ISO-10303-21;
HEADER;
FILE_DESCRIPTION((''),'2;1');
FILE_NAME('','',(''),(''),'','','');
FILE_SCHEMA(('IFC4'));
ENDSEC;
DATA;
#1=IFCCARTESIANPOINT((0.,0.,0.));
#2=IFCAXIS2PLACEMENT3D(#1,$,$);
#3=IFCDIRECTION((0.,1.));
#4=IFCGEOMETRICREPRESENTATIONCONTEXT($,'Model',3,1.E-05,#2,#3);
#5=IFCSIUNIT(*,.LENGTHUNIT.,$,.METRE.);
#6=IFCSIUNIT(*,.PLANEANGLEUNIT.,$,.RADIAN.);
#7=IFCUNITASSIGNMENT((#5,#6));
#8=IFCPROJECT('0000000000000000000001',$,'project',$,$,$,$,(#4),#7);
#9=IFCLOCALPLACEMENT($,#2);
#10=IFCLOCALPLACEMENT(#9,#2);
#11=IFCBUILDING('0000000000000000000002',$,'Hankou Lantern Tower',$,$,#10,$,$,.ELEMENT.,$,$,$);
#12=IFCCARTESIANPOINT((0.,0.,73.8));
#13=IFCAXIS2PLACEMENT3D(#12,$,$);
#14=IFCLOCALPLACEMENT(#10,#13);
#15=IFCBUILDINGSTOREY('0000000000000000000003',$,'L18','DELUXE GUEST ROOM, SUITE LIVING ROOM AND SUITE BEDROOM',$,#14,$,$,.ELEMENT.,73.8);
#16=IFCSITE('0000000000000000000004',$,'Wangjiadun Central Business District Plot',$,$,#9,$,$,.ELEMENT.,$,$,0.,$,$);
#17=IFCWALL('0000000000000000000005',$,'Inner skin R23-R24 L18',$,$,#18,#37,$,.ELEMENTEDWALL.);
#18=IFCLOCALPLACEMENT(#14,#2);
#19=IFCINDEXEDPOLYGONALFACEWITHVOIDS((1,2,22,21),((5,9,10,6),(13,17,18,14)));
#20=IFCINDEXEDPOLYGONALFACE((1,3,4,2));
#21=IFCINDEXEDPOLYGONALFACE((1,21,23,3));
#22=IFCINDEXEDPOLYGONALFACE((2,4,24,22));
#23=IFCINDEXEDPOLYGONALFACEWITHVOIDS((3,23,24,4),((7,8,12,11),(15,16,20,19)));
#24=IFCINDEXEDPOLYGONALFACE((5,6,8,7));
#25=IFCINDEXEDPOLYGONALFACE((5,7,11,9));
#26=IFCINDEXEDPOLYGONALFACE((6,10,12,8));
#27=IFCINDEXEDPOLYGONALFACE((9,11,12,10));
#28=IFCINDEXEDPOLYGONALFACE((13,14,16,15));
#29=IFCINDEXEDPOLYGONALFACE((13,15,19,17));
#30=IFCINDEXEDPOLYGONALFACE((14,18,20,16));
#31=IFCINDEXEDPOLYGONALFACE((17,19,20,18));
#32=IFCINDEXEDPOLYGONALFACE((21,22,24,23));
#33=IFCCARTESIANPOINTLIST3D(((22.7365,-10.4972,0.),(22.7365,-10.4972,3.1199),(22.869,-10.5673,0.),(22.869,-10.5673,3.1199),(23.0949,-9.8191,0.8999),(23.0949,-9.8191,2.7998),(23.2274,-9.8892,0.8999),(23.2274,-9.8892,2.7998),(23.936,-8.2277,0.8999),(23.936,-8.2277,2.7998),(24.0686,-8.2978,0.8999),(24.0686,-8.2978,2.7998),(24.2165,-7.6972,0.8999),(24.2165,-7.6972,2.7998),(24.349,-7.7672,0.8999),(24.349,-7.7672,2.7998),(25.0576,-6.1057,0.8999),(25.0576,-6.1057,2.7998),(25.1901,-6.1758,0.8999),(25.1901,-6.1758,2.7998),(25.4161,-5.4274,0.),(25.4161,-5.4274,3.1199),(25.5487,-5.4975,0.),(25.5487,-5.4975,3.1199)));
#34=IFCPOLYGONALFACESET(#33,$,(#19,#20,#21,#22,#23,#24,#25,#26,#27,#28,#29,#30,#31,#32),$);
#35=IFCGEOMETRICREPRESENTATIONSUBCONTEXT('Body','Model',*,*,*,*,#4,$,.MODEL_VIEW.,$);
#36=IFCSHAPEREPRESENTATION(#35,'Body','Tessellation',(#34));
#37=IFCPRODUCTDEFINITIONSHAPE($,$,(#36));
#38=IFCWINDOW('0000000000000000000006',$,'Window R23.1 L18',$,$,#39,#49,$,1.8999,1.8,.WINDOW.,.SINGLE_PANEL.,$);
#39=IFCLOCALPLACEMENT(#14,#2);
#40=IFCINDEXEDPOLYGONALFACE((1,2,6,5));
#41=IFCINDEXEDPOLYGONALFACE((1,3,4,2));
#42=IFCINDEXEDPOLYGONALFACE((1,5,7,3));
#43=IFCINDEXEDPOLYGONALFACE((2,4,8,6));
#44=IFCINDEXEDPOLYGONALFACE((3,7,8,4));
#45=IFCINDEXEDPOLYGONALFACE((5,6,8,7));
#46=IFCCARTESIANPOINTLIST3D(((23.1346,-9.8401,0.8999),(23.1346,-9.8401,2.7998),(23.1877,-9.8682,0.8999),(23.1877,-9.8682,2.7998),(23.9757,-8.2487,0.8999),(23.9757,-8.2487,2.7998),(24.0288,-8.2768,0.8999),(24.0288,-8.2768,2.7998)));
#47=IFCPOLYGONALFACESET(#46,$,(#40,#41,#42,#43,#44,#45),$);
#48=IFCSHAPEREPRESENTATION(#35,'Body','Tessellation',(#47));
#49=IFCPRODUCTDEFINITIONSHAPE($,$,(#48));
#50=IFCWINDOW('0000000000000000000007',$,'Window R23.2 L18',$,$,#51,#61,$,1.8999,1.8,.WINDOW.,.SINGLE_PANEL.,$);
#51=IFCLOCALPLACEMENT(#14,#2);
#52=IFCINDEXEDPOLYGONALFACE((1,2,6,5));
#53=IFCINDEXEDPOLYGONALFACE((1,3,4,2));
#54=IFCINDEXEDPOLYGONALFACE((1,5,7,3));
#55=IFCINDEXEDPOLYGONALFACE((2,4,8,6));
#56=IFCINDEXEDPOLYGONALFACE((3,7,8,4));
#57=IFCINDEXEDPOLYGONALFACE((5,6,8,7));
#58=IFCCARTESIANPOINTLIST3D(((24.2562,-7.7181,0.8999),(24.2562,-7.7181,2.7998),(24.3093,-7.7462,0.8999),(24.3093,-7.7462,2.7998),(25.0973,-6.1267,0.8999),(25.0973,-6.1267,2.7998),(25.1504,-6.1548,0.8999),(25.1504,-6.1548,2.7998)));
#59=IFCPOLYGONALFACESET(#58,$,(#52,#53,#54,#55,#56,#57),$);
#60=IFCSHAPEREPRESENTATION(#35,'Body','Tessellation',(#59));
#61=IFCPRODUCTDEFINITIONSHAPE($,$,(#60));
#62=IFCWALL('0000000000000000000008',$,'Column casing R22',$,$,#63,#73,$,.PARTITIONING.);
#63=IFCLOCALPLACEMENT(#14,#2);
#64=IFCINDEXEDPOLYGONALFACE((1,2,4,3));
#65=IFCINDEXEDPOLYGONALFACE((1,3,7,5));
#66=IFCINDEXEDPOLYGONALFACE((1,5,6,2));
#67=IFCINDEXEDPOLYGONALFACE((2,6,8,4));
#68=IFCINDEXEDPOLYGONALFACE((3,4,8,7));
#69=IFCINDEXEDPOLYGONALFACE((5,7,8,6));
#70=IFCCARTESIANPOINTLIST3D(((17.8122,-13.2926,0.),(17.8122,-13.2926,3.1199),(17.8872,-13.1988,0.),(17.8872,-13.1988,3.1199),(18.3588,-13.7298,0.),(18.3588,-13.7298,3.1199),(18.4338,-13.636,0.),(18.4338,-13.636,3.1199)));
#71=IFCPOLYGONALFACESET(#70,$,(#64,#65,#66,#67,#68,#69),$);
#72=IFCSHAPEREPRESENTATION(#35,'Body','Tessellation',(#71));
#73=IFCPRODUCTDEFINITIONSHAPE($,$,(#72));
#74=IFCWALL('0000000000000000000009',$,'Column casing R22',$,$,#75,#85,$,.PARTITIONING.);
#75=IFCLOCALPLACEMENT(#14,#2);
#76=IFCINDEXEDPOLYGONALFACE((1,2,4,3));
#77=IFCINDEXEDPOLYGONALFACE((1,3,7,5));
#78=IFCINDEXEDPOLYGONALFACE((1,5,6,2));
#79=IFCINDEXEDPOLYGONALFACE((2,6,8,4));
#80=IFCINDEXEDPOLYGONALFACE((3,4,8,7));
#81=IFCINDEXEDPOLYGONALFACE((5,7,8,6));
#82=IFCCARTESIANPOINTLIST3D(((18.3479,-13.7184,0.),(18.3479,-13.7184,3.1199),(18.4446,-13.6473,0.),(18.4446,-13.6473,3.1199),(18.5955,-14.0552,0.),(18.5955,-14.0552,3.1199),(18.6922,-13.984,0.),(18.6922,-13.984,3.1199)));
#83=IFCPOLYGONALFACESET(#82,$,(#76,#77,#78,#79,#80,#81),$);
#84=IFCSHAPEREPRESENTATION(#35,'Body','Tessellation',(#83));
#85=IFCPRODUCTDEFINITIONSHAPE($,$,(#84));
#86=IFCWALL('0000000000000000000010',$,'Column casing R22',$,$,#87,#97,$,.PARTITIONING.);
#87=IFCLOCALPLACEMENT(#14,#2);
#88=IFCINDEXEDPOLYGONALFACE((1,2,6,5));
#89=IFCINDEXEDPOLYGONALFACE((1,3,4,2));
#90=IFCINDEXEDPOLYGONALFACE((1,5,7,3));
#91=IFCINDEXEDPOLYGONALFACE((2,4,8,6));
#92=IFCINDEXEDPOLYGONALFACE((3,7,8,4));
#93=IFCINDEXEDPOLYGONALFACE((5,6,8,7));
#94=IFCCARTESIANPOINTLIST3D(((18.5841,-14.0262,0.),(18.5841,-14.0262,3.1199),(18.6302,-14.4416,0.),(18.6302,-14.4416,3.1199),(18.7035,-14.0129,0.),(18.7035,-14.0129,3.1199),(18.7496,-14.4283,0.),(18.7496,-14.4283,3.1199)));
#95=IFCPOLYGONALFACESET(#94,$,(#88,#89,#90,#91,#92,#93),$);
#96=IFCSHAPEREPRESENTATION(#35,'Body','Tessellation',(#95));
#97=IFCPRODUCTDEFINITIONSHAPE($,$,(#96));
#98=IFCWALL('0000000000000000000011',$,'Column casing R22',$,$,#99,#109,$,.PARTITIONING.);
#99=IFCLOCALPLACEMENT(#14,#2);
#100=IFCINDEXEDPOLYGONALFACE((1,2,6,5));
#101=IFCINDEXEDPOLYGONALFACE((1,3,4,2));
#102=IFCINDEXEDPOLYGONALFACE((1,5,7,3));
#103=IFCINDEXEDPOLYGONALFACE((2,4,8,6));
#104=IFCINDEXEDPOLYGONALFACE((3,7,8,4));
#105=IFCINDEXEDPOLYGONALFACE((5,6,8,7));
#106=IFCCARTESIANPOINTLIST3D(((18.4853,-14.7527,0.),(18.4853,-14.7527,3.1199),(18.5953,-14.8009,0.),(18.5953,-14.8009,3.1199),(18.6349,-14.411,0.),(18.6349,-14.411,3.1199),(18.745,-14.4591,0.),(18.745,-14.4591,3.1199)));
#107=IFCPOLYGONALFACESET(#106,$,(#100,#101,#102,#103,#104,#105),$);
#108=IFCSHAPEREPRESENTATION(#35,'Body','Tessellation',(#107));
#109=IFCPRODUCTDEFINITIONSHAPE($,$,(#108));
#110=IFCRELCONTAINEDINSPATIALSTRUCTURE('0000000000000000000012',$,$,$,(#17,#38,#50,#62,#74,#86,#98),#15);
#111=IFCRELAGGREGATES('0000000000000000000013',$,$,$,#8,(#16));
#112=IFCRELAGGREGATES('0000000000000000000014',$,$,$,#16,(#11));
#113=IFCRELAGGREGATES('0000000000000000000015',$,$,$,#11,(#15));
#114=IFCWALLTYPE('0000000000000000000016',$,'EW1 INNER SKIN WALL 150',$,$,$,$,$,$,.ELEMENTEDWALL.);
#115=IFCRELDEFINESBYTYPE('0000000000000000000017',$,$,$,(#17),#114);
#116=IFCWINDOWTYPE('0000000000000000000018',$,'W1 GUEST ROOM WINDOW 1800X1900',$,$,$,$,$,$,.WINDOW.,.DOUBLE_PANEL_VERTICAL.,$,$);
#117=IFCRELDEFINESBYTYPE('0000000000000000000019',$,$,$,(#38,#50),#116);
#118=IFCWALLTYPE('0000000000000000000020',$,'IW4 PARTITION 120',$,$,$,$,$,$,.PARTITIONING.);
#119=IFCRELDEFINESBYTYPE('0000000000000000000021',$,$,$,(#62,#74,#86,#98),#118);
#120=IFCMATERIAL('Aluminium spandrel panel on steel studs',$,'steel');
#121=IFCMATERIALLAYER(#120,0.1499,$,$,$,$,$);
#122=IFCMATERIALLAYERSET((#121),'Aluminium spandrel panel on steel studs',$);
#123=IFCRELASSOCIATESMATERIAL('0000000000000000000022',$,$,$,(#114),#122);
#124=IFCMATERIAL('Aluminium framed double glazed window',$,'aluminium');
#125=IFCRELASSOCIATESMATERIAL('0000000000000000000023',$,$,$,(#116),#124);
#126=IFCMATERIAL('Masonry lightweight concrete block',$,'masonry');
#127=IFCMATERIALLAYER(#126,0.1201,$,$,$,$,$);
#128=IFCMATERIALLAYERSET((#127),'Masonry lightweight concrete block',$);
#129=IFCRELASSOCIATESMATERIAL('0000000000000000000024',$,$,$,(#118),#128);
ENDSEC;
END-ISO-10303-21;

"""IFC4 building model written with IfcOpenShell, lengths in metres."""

from ifc_helpers import new_model, si_unit, direction, frame, frame_2d, origin, place, context, subcontext, project, spatial, rectangle, extrude, material, layer, layer_set, type_object, element, fill, save


model = new_model("IFC4")

# Units and contexts
model_context = context("Model", 3, precision=1e-05, world=origin(), true_north=direction((0.0, 1.0)))
body_context = subcontext(model_context, "Body", "Model", "MODEL_VIEW")
ifc_project = project(units=[si_unit("LENGTHUNIT", "METRE"), si_unit("PLANEANGLEUNIT", "RADIAN")], contexts=[model_context])

# Site, building, storey
site_placement = place(None, origin())
site = spatial("IfcSite", under=ifc_project, at=site_placement, Name="Wangjiadun Central Business District Plot", CompositionType="ELEMENT", RefElevation=0.0)
building_placement = place(site_placement, origin())
building = spatial("IfcBuilding", under=site, at=building_placement, Name="Hankou Lantern Tower", CompositionType="ELEMENT")
storey_placement = place(building_placement, frame((0.0, 0.0, 73.8)))
storey = spatial("IfcBuildingStorey", under=building, at=storey_placement, Name="L18", Description="DELUXE GUEST ROOM, SUITE LIVING ROOM AND SUITE BEDROOM", CompositionType="ELEMENT", Elevation=73.8)

# Wall, openings, windows
ifc_material_1 = material(Name="Aluminium spandrel panel on steel studs", Category="steel")
ifc_layer_1 = layer(ifc_material_1, 0.1499)
ifc_layer_set_1 = layer_set([ifc_layer_1], Name="Aluminium spandrel panel on steel studs")
wall_type_1 = type_object("IfcWallType", Name="EW1 INNER SKIN WALL 150", PredefinedType="ELEMENTEDWALL", material=ifc_layer_set_1)
ifc_material_2 = material(Name="Aluminium framed double glazed window", Category="aluminium")
window_type = type_object("IfcWindowType", Name="W1 GUEST ROOM WINDOW 1800X1900", PartitioningType="DOUBLE_PANEL_VERTICAL", PredefinedType="WINDOW", material=ifc_material_2)
wall_1_placement = place(storey_placement, frame((22.8027, -10.5322, 0.0), z_axis=(0.0, 0.0, 1.0), x_axis=(0.467297, 0.8841, 0.0)))
wall_1 = element("IfcWall", 1, at=wall_1_placement, inside=storey, type_object=wall_type_1, Name="Inner skin R23-R24 L18", PredefinedType="ELEMENTEDWALL", context=body_context, shape_type="SweptSolid", body=[
    extrude(rectangle(XDim=5.7344, YDim=0.1499, at=frame_2d((2.8672, 0.0))), origin(), (0.0, 0.0, 1.0), 3.1199),
])
opening_1_placement = place(wall_1_placement, frame((0.7671, 0.0, 0.8999)))
opening_1 = element("IfcOpeningElement", 2, at=opening_1_placement, cuts=wall_1, PredefinedType="OPENING", context=body_context, shape_type="SweptSolid", body=[
    extrude(rectangle(XDim=1.8, YDim=1.8999, at=frame_2d((0.8999, 0.95))), frame((0.0, 0.085, 0.0), z_axis=(0.0, -1.0, 0.0), x_axis=(1.0, 0.0, 0.0)), (0.0, 0.0, 1.0), 0.1699),
])
opening_2_placement = place(wall_1_placement, frame((3.1672, 0.0, 0.8999)))
opening_2 = element("IfcOpeningElement", 3, at=opening_2_placement, cuts=wall_1, PredefinedType="OPENING", context=body_context, shape_type="SweptSolid", body=[
    extrude(rectangle(XDim=1.8, YDim=1.8999, at=frame_2d((0.8999, 0.95))), frame((0.0, 0.085, 0.0), z_axis=(0.0, -1.0, 0.0), x_axis=(1.0, 0.0, 0.0)), (0.0, 0.0, 1.0), 0.1699),
])
window_1_placement = place(opening_1_placement, origin())
window_1 = element("IfcWindow", 4, at=window_1_placement, inside=storey, type_object=window_type, Name="Window R23.1 L18", OverallHeight=1.8999, OverallWidth=1.8, PartitioningType="SINGLE_PANEL", PredefinedType="WINDOW", context=body_context, shape_type="SweptSolid", body=[
    extrude(rectangle(XDim=1.8, YDim=1.8999, at=frame_2d((0.8999, 0.95))), frame((0.0, 0.03, 0.0), z_axis=(0.0, -1.0, 0.0), x_axis=(1.0, 0.0, 0.0)), (0.0, 0.0, 1.0), 0.0601),
])
fill(opening_1, window_1)
window_2_placement = place(opening_2_placement, origin())
window_2 = element("IfcWindow", 5, at=window_2_placement, inside=storey, type_object=window_type, Name="Window R23.2 L18", OverallHeight=1.8999, OverallWidth=1.8, PartitioningType="SINGLE_PANEL", PredefinedType="WINDOW", context=body_context, shape_type="SweptSolid", body=[
    extrude(rectangle(XDim=1.8, YDim=1.8999, at=frame_2d((0.8999, 0.95))), frame((0.0, 0.03, 0.0), z_axis=(0.0, -1.0, 0.0), x_axis=(1.0, 0.0, 0.0)), (0.0, 0.0, 1.0), 0.0601),
])
fill(opening_2, window_2)

# Walls
ifc_material_3 = material(Name="Masonry lightweight concrete block", Category="masonry")
ifc_layer_2 = layer(ifc_material_3, 0.1201)
ifc_layer_set_2 = layer_set([ifc_layer_2], Name="Masonry lightweight concrete block")
wall_type_2 = type_object("IfcWallType", Name="IW4 PARTITION 120", PredefinedType="PARTITIONING", material=ifc_layer_set_2)
wall_2_placement = place(storey_placement, frame((17.8496, -13.2456, 0.0), z_axis=(0.0, 0.0, 1.0), x_axis=(0.780903, -0.624653, 0.0)))
element("IfcWall", 6, at=wall_2_placement, inside=storey, type_object=wall_type_2, Name="Column casing R22", PredefinedType="PARTITIONING", context=body_context, shape_type="SweptSolid", body=[
    extrude(rectangle(XDim=0.7, YDim=0.1201, at=frame_2d((0.3501, 0.0))), origin(), (0.0, 0.0, 1.0), 3.1199),
])
for number, where, z_axis, x_axis, name in (
    (7, (18.3962, -13.6829, 0.0), (0.0, 0.0, 1.0), (0.592402, -0.805643, 0.0), "Column casing R22"),
    (8, (18.6438, -14.0195, 0.0), (0.0, 0.0, 1.0), (0.110367, -0.993891, 0.0), "Column casing R22"),
):
    element("IfcWall", number, at=place(storey_placement, frame(where, z_axis=z_axis, x_axis=x_axis)), inside=storey, type_object=wall_type_2, Name=name, PredefinedType="PARTITIONING", context=body_context, shape_type="SweptSolid", body=[
        extrude(rectangle(XDim=0.418, YDim=0.1201, at=frame_2d((0.209, 0.0))), origin(), (0.0, 0.0, 1.0), 3.1199),
    ])
wall_3_placement = place(storey_placement, frame((18.6899, -14.4351, 0.0), z_axis=(0.0, 0.0, 1.0), x_axis=(-0.401093, -0.916037, 0.0)))
element("IfcWall", 9, at=wall_3_placement, inside=storey, type_object=wall_type_2, Name="Column casing R22", PredefinedType="PARTITIONING", context=body_context, shape_type="SweptSolid", body=[
    extrude(rectangle(XDim=0.373, YDim=0.1201, at=frame_2d((0.1865, 0.0))), origin(), (0.0, 0.0, 1.0), 3.1199),
])

save(model, "model.ifc")
